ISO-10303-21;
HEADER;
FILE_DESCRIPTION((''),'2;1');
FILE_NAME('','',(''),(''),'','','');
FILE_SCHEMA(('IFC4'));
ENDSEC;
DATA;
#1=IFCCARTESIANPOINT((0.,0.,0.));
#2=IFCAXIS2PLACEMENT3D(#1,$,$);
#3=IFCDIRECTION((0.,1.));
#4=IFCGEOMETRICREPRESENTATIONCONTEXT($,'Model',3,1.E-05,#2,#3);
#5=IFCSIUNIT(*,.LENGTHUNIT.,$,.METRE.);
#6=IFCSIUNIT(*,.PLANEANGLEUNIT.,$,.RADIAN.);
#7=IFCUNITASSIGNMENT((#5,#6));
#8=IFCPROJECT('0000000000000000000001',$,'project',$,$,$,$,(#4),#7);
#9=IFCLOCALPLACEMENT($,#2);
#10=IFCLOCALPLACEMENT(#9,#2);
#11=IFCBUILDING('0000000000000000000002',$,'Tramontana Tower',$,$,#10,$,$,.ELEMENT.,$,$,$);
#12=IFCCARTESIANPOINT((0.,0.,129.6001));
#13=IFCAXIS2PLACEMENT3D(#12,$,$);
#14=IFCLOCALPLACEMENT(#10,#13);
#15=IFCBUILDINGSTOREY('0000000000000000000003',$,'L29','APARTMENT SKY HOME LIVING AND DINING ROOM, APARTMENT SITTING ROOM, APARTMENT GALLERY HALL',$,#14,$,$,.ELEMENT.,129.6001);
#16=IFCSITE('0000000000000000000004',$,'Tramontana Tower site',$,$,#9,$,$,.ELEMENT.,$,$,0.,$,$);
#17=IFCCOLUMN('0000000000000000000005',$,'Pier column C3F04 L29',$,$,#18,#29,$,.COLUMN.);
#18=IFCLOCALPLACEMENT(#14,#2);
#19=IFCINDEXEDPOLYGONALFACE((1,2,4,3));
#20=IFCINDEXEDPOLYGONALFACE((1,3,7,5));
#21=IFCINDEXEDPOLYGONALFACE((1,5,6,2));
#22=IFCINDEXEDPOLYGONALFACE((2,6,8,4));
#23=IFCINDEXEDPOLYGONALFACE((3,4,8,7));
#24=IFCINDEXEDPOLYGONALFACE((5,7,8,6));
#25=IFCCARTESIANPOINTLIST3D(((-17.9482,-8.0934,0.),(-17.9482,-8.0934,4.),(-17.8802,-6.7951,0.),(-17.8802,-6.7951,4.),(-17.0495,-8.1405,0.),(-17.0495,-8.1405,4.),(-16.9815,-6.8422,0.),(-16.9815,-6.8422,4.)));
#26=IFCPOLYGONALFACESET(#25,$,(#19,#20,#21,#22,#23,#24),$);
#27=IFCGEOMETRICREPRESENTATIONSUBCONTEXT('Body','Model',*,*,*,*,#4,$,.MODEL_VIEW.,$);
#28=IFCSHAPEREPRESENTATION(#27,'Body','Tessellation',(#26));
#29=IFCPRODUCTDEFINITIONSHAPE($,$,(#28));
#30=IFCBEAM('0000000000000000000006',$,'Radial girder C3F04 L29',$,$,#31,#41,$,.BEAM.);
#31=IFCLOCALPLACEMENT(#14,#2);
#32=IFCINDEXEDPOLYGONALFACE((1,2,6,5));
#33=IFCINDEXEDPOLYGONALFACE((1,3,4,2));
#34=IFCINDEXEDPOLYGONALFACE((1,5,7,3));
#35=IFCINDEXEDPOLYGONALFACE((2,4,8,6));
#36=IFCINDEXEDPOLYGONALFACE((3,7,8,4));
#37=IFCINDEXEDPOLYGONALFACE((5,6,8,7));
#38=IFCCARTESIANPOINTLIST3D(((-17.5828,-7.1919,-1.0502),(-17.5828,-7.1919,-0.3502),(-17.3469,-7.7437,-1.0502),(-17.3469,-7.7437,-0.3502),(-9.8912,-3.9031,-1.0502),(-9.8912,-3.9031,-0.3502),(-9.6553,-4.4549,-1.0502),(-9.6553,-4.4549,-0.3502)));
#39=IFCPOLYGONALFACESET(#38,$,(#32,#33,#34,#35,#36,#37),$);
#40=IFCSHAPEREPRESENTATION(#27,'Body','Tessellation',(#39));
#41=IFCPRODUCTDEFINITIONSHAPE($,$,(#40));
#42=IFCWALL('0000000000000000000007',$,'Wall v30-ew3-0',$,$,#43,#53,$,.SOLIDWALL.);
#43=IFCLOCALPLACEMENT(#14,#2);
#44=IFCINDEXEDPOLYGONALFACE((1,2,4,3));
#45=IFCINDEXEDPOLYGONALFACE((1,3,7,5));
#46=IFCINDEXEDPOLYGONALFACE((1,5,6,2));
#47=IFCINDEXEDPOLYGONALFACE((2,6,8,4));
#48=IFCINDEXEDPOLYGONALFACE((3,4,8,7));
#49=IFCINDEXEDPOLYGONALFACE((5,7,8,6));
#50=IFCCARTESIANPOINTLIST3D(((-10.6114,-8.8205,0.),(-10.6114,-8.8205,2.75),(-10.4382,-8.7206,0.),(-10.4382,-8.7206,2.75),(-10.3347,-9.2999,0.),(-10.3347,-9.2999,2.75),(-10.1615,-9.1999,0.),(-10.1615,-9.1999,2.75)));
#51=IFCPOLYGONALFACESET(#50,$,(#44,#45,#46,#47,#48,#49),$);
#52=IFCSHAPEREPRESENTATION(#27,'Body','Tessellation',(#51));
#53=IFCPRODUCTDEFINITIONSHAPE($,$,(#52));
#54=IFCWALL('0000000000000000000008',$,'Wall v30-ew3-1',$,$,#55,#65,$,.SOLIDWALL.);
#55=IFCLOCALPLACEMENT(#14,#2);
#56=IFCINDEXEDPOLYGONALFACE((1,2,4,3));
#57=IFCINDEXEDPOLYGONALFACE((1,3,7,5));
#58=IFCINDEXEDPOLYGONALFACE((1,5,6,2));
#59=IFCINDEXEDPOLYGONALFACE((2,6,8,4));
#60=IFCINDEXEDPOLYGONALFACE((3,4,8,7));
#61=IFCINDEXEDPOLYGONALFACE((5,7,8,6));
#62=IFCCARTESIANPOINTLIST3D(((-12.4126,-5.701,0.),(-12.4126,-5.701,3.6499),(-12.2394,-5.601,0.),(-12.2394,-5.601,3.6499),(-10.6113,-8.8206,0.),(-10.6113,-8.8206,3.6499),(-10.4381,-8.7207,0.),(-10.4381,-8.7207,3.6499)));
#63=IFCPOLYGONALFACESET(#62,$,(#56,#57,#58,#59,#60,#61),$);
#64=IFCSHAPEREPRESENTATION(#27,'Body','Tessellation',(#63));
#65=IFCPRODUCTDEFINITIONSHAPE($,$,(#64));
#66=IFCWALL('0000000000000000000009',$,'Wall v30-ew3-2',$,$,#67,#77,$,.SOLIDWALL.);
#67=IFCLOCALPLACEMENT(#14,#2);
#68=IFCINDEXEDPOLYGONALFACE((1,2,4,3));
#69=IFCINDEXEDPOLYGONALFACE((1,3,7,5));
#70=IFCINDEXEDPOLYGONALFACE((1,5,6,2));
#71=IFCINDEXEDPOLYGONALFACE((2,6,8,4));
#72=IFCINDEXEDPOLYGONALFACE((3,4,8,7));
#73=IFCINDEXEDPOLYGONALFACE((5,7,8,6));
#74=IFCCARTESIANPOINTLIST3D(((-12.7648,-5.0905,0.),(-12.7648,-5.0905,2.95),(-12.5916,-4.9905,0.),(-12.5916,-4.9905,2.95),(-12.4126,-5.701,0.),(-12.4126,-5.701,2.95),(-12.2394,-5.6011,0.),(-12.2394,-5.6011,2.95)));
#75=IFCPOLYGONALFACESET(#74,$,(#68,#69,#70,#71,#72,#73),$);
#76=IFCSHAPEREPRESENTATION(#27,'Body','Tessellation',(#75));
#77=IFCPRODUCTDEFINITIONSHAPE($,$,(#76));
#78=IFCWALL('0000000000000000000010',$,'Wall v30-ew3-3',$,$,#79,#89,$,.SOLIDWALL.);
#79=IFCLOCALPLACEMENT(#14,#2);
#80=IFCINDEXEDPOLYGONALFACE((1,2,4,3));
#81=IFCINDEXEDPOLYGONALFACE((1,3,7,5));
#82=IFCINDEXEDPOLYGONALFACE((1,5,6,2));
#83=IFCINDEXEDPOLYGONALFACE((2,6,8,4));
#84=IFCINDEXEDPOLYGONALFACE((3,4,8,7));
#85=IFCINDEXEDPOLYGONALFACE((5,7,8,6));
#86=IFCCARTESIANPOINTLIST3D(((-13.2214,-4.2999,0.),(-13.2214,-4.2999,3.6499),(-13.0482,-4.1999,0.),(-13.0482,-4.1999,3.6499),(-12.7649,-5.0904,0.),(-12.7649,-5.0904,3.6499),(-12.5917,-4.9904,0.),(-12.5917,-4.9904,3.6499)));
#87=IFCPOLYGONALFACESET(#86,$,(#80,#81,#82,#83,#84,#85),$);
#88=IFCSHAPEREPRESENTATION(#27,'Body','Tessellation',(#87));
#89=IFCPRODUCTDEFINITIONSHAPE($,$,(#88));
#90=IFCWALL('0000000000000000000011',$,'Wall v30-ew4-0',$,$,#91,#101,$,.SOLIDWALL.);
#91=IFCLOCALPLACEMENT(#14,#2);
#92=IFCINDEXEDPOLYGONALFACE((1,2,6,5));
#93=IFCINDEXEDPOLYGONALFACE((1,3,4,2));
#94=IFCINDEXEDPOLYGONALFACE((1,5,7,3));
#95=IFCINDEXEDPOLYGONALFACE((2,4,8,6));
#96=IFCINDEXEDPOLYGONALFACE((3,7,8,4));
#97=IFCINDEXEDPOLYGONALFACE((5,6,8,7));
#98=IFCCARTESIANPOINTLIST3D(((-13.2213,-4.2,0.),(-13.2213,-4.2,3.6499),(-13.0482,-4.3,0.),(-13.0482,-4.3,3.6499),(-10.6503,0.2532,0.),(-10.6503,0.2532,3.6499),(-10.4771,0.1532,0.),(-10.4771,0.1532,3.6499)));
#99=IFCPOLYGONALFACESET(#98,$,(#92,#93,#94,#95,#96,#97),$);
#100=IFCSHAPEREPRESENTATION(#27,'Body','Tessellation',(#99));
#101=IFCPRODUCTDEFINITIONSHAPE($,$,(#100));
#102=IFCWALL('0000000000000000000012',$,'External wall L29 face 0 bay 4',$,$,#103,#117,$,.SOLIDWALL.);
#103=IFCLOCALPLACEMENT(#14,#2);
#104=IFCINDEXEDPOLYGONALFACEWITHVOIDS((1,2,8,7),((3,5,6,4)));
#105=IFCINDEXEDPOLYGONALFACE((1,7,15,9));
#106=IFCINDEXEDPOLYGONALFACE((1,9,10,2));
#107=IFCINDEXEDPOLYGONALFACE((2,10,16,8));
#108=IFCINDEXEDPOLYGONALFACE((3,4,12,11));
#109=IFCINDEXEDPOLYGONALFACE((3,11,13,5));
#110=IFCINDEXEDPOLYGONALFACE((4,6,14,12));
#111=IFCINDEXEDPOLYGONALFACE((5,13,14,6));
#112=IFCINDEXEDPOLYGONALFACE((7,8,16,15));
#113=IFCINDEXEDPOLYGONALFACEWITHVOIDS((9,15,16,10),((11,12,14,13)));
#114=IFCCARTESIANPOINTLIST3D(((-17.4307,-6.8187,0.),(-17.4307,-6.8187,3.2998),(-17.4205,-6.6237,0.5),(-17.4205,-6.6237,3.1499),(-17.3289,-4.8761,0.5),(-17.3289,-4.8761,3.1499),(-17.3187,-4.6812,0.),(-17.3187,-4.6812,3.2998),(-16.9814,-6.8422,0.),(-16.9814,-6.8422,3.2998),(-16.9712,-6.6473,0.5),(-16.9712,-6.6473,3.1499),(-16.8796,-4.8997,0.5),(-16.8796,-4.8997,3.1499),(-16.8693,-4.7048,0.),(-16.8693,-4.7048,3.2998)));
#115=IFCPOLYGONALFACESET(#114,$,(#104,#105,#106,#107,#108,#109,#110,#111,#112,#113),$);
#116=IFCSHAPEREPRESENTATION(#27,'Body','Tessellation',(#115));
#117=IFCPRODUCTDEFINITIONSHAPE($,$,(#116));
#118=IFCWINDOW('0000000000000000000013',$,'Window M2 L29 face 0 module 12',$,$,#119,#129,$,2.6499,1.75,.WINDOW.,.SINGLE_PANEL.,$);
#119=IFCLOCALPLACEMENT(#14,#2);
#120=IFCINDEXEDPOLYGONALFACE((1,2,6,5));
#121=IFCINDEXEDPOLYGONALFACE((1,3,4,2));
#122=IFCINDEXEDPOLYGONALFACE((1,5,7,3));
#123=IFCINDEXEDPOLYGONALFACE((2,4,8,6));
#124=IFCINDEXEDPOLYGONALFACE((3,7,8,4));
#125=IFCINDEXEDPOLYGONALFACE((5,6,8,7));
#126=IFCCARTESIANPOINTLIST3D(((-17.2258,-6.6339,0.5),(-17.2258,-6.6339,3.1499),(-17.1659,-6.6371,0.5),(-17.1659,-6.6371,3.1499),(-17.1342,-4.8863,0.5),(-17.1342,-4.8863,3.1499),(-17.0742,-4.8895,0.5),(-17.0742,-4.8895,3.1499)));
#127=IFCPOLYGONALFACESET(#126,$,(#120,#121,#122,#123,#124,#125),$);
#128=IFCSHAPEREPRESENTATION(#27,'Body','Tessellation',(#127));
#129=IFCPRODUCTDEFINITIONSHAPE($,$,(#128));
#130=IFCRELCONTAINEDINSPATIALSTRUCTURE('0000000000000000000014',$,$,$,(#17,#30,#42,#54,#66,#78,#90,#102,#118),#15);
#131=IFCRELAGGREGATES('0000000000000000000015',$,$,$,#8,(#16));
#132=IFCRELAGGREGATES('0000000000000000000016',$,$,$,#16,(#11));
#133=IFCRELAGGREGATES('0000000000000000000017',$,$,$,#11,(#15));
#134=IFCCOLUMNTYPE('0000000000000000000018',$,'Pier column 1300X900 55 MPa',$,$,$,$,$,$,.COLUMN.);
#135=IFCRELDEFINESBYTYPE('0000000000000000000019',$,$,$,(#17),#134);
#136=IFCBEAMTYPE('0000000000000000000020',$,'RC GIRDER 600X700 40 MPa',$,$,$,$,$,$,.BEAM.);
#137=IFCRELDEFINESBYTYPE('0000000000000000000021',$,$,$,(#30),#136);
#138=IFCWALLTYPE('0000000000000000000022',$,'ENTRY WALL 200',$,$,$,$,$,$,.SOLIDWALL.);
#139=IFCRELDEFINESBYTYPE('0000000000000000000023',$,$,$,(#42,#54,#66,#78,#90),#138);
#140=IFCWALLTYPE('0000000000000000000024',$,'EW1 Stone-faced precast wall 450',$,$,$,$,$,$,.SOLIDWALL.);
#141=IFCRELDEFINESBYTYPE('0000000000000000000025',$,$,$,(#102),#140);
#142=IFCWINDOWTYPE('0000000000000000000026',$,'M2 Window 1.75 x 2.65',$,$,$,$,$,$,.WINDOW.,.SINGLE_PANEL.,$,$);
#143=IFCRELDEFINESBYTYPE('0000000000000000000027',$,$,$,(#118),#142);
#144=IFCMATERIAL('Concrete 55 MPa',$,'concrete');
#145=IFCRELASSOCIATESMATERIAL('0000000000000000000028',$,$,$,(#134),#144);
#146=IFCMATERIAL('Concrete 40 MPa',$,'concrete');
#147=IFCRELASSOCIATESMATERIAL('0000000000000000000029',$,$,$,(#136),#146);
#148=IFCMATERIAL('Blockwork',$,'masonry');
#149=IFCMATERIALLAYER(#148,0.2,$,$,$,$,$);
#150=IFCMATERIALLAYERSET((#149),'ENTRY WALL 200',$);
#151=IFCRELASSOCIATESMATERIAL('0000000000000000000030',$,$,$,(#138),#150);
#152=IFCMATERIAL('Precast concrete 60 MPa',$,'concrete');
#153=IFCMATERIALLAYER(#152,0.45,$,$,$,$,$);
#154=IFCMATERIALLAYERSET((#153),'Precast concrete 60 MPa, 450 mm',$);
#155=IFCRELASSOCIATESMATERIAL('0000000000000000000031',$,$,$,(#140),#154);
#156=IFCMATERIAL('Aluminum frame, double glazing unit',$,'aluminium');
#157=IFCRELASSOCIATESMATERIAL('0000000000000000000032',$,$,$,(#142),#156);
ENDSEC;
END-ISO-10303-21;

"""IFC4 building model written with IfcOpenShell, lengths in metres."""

from ifc_helpers import new_model, si_unit, direction, frame, frame_2d, origin, origin_2d, place, context, subcontext, project, spatial, rectangle, extrude, material, layer, layer_set, material_profile, profile_set, type_object, element, fill, save


model = new_model("IFC4")

# Units and contexts
model_context = context("Model", 3, precision=1e-05, world=origin(), true_north=direction((0.0, 1.0)))
body_context = subcontext(model_context, "Body", "Model", "MODEL_VIEW")
ifc_project = project(units=[si_unit("LENGTHUNIT", "METRE"), si_unit("PLANEANGLEUNIT", "RADIAN")], contexts=[model_context])

# Site, building, storey
site_placement = place(None, origin())
site = spatial("IfcSite", under=ifc_project, at=site_placement, Name="Tramontana Tower site", CompositionType="ELEMENT", RefElevation=0.0)
building_placement = place(site_placement, origin())
building = spatial("IfcBuilding", under=site, at=building_placement, Name="Tramontana Tower", CompositionType="ELEMENT")
storey_placement = place(building_placement, frame((0.0, 0.0, 129.6001)))
storey = spatial("IfcBuildingStorey", under=building, at=storey_placement, Name="L29", Description="APARTMENT SKY HOME LIVING AND DINING ROOM, APARTMENT SITTING ROOM, APARTMENT GALLERY HALL", CompositionType="ELEMENT", Elevation=129.6001)

# Column
ifc_material_1 = material(Name="Concrete 55 MPa", Category="concrete")
ifc_material_profile_1 = material_profile(ifc_material_1, rectangle(XDim=1.3, YDim=0.8999, at=origin_2d()), Name="Pier column 1300X900 55 MPa")
ifc_profile_set_1 = profile_set([ifc_material_profile_1], Name="Concrete 55 MPa")
column_type = type_object("IfcColumnType", Name="Pier column 1300X900 55 MPa", PredefinedType="COLUMN", material=ifc_profile_set_1)
column_placement = place(storey_placement, frame((-17.4648, -7.4678, 0.0), z_axis=(0.0, 0.0, 1.0), x_axis=(-0.052336, -0.99863, 0.0)))
element("IfcColumn", 1, at=column_placement, inside=storey, type_object=column_type, Name="Pier column C3F04 L29", PredefinedType="COLUMN", context=body_context, shape_type="SweptSolid", body=[
    extrude(rectangle(XDim=1.3, YDim=0.8999, at=origin_2d()), origin(), (0.0, 0.0, 1.0), 4.0),
])

# Beam
ifc_material_2 = material(Name="Concrete 40 MPa", Category="concrete")
ifc_material_profile_2 = material_profile(ifc_material_2, rectangle(XDim=0.6001, YDim=0.7, at=origin_2d()), Name="RC GIRDER 600X700 40 MPa")
ifc_profile_set_2 = profile_set([ifc_material_profile_2], Name="Concrete 40 MPa")
beam_type = type_object("IfcBeamType", Name="RC GIRDER 600X700 40 MPa", PredefinedType="BEAM", material=ifc_profile_set_2)
beam_placement = place(storey_placement, frame((-17.4648, -7.4678, -0.7002), z_axis=(0.919474, 0.393151, 0.0), x_axis=(-0.393151, 0.919474, 0.0)))
element("IfcBeam", 2, at=beam_placement, inside=storey, type_object=beam_type, Name="Radial girder C3F04 L29", PredefinedType="BEAM", context=body_context, shape_type="SweptSolid", body=[
    extrude(rectangle(XDim=0.6001, YDim=0.7, at=origin_2d()), origin(), (0.0, 0.0, 1.0), 8.3652),
])

# Walls
ifc_material_3 = material(Name="Blockwork", Category="masonry")
ifc_layer_1 = layer(ifc_material_3, 0.2)
ifc_layer_set_1 = layer_set([ifc_layer_1], Name="ENTRY WALL 200")
wall_type_1 = type_object("IfcWallType", Name="ENTRY WALL 200", PredefinedType="SOLIDWALL", material=ifc_layer_set_1)
wall_1_placement = place(storey_placement, frame((-10.248, -9.25, 0.0), z_axis=(0.0, 0.0, 1.0), x_axis=(-0.499888, 0.86609, 0.0)))
element("IfcWall", 3, at=wall_1_placement, inside=storey, type_object=wall_type_1, Name="Wall v30-ew3-0", PredefinedType="SOLIDWALL", context=body_context, shape_type="SweptSolid", body=[
    extrude(rectangle(XDim=0.5535, YDim=0.2, at=frame_2d((0.2769, 0.0))), origin(), (0.0, 0.0, 1.0), 2.75),
])
wall_2_placement = place(storey_placement, frame((-10.5247, -8.7708, 0.0), z_axis=(0.0, 0.0, 1.0), x_axis=(-0.500031, 0.866007, 0.0)))
element("IfcWall", 4, at=wall_2_placement, inside=storey, type_object=wall_type_1, Name="Wall v30-ew3-1", PredefinedType="SOLIDWALL", context=body_context, shape_type="SweptSolid", body=[
    extrude(rectangle(XDim=3.6023, YDim=0.2, at=frame_2d((1.8013, 0.0))), origin(), (0.0, 0.0, 1.0), 3.6499),
])
wall_3_placement = place(storey_placement, frame((-12.3259, -5.6511, 0.0), z_axis=(0.0, 0.0, 1.0), x_axis=(-0.499752, 0.866168, 0.0)))
element("IfcWall", 5, at=wall_3_placement, inside=storey, type_object=wall_type_1, Name="Wall v30-ew3-2", PredefinedType="SOLIDWALL", context=body_context, shape_type="SweptSolid", body=[
    extrude(rectangle(XDim=0.7048, YDim=0.2, at=frame_2d((0.3525, 0.0))), origin(), (0.0, 0.0, 1.0), 2.95),
])
wall_4_placement = place(storey_placement, frame((-12.6782, -5.0405, 0.0), z_axis=(0.0, 0.0, 1.0), x_axis=(-0.500108, 0.865963, 0.0)))
element("IfcWall", 6, at=wall_4_placement, inside=storey, type_object=wall_type_1, Name="Wall v30-ew3-3", PredefinedType="SOLIDWALL", context=body_context, shape_type="SweptSolid", body=[
    extrude(rectangle(XDim=0.9128, YDim=0.2, at=frame_2d((0.4565, 0.0))), origin(), (0.0, 0.0, 1.0), 3.6499),
])
wall_5_placement = place(storey_placement, frame((-13.1348, -4.25, 0.0), z_axis=(0.0, 0.0, 1.0), x_axis=(0.500005, 0.866023, 0.0)))
element("IfcWall", 7, at=wall_5_placement, inside=storey, type_object=wall_type_1, Name="Wall v30-ew4-0", PredefinedType="SOLIDWALL", context=body_context, shape_type="SweptSolid", body=[
    extrude(rectangle(XDim=5.1421, YDim=0.2, at=frame_2d((2.571, 0.0))), origin(), (0.0, 0.0, 1.0), 3.6499),
])

# Wall, opening, window
ifc_material_4 = material(Name="Precast concrete 60 MPa", Category="concrete")
ifc_layer_2 = layer(ifc_material_4, 0.45)
ifc_layer_set_2 = layer_set([ifc_layer_2], Name="Precast concrete 60 MPa, 450 mm")
wall_type_2 = type_object("IfcWallType", Name="EW1 Stone-faced precast wall 450", PredefinedType="SOLIDWALL", material=ifc_layer_set_2)
wall_6_placement = place(storey_placement, frame((-17.094, -4.6929, 0.0), z_axis=(0.0, 0.0, 1.0), x_axis=(-0.052355, -0.998629, 0.0)))
wall_6 = element("IfcWall", 8, at=wall_6_placement, inside=storey, type_object=wall_type_2, Name="External wall L29 face 0 bay 4", PredefinedType="SOLIDWALL", context=body_context, shape_type="SweptSolid", body=[
    extrude(rectangle(XDim=2.1404, YDim=0.45, at=frame_2d((1.0703, 0.0))), origin(), (0.0, 0.0, 1.0), 3.2998),
])
opening_1_placement = place(wall_6_placement, frame((0.1953, 0.0, 0.5)))
opening_1 = element("IfcOpeningElement", 9, at=opening_1_placement, cuts=wall_6, PredefinedType="OPENING", context=body_context, shape_type="SweptSolid", body=[
    extrude(rectangle(XDim=1.75, YDim=2.6499, at=frame_2d((0.875, 1.325))), frame((0.0, 0.2349, 0.0), z_axis=(0.0, -1.0, 0.0), x_axis=(1.0, 0.0, 0.0)), (0.0, 0.0, 1.0), 0.47),
])
ifc_material_5 = material(Name="Aluminum frame, double glazing unit", Category="aluminium")
window_type_1 = type_object("IfcWindowType", Name="M2 Window 1.75 x 2.65", PartitioningType="SINGLE_PANEL", PredefinedType="WINDOW", material=ifc_material_5)
window_1_placement = place(opening_1_placement, origin())
window_1 = element("IfcWindow", 10, at=window_1_placement, inside=storey, type_object=window_type_1, Name="Window M2 L29 face 0 module 12", OverallHeight=2.6499, OverallWidth=1.75, PartitioningType="SINGLE_PANEL", PredefinedType="WINDOW", context=body_context, shape_type="SweptSolid", body=[
    extrude(rectangle(XDim=1.75, YDim=2.6499, at=frame_2d((0.875, 1.325))), frame((0.0, 0.03, 0.0), z_axis=(0.0, -1.0, 0.0), x_axis=(1.0, 0.0, 0.0)), (0.0, 0.0, 1.0), 0.0601),
])
fill(opening_1, window_1)

save(model, "model.ifc")
